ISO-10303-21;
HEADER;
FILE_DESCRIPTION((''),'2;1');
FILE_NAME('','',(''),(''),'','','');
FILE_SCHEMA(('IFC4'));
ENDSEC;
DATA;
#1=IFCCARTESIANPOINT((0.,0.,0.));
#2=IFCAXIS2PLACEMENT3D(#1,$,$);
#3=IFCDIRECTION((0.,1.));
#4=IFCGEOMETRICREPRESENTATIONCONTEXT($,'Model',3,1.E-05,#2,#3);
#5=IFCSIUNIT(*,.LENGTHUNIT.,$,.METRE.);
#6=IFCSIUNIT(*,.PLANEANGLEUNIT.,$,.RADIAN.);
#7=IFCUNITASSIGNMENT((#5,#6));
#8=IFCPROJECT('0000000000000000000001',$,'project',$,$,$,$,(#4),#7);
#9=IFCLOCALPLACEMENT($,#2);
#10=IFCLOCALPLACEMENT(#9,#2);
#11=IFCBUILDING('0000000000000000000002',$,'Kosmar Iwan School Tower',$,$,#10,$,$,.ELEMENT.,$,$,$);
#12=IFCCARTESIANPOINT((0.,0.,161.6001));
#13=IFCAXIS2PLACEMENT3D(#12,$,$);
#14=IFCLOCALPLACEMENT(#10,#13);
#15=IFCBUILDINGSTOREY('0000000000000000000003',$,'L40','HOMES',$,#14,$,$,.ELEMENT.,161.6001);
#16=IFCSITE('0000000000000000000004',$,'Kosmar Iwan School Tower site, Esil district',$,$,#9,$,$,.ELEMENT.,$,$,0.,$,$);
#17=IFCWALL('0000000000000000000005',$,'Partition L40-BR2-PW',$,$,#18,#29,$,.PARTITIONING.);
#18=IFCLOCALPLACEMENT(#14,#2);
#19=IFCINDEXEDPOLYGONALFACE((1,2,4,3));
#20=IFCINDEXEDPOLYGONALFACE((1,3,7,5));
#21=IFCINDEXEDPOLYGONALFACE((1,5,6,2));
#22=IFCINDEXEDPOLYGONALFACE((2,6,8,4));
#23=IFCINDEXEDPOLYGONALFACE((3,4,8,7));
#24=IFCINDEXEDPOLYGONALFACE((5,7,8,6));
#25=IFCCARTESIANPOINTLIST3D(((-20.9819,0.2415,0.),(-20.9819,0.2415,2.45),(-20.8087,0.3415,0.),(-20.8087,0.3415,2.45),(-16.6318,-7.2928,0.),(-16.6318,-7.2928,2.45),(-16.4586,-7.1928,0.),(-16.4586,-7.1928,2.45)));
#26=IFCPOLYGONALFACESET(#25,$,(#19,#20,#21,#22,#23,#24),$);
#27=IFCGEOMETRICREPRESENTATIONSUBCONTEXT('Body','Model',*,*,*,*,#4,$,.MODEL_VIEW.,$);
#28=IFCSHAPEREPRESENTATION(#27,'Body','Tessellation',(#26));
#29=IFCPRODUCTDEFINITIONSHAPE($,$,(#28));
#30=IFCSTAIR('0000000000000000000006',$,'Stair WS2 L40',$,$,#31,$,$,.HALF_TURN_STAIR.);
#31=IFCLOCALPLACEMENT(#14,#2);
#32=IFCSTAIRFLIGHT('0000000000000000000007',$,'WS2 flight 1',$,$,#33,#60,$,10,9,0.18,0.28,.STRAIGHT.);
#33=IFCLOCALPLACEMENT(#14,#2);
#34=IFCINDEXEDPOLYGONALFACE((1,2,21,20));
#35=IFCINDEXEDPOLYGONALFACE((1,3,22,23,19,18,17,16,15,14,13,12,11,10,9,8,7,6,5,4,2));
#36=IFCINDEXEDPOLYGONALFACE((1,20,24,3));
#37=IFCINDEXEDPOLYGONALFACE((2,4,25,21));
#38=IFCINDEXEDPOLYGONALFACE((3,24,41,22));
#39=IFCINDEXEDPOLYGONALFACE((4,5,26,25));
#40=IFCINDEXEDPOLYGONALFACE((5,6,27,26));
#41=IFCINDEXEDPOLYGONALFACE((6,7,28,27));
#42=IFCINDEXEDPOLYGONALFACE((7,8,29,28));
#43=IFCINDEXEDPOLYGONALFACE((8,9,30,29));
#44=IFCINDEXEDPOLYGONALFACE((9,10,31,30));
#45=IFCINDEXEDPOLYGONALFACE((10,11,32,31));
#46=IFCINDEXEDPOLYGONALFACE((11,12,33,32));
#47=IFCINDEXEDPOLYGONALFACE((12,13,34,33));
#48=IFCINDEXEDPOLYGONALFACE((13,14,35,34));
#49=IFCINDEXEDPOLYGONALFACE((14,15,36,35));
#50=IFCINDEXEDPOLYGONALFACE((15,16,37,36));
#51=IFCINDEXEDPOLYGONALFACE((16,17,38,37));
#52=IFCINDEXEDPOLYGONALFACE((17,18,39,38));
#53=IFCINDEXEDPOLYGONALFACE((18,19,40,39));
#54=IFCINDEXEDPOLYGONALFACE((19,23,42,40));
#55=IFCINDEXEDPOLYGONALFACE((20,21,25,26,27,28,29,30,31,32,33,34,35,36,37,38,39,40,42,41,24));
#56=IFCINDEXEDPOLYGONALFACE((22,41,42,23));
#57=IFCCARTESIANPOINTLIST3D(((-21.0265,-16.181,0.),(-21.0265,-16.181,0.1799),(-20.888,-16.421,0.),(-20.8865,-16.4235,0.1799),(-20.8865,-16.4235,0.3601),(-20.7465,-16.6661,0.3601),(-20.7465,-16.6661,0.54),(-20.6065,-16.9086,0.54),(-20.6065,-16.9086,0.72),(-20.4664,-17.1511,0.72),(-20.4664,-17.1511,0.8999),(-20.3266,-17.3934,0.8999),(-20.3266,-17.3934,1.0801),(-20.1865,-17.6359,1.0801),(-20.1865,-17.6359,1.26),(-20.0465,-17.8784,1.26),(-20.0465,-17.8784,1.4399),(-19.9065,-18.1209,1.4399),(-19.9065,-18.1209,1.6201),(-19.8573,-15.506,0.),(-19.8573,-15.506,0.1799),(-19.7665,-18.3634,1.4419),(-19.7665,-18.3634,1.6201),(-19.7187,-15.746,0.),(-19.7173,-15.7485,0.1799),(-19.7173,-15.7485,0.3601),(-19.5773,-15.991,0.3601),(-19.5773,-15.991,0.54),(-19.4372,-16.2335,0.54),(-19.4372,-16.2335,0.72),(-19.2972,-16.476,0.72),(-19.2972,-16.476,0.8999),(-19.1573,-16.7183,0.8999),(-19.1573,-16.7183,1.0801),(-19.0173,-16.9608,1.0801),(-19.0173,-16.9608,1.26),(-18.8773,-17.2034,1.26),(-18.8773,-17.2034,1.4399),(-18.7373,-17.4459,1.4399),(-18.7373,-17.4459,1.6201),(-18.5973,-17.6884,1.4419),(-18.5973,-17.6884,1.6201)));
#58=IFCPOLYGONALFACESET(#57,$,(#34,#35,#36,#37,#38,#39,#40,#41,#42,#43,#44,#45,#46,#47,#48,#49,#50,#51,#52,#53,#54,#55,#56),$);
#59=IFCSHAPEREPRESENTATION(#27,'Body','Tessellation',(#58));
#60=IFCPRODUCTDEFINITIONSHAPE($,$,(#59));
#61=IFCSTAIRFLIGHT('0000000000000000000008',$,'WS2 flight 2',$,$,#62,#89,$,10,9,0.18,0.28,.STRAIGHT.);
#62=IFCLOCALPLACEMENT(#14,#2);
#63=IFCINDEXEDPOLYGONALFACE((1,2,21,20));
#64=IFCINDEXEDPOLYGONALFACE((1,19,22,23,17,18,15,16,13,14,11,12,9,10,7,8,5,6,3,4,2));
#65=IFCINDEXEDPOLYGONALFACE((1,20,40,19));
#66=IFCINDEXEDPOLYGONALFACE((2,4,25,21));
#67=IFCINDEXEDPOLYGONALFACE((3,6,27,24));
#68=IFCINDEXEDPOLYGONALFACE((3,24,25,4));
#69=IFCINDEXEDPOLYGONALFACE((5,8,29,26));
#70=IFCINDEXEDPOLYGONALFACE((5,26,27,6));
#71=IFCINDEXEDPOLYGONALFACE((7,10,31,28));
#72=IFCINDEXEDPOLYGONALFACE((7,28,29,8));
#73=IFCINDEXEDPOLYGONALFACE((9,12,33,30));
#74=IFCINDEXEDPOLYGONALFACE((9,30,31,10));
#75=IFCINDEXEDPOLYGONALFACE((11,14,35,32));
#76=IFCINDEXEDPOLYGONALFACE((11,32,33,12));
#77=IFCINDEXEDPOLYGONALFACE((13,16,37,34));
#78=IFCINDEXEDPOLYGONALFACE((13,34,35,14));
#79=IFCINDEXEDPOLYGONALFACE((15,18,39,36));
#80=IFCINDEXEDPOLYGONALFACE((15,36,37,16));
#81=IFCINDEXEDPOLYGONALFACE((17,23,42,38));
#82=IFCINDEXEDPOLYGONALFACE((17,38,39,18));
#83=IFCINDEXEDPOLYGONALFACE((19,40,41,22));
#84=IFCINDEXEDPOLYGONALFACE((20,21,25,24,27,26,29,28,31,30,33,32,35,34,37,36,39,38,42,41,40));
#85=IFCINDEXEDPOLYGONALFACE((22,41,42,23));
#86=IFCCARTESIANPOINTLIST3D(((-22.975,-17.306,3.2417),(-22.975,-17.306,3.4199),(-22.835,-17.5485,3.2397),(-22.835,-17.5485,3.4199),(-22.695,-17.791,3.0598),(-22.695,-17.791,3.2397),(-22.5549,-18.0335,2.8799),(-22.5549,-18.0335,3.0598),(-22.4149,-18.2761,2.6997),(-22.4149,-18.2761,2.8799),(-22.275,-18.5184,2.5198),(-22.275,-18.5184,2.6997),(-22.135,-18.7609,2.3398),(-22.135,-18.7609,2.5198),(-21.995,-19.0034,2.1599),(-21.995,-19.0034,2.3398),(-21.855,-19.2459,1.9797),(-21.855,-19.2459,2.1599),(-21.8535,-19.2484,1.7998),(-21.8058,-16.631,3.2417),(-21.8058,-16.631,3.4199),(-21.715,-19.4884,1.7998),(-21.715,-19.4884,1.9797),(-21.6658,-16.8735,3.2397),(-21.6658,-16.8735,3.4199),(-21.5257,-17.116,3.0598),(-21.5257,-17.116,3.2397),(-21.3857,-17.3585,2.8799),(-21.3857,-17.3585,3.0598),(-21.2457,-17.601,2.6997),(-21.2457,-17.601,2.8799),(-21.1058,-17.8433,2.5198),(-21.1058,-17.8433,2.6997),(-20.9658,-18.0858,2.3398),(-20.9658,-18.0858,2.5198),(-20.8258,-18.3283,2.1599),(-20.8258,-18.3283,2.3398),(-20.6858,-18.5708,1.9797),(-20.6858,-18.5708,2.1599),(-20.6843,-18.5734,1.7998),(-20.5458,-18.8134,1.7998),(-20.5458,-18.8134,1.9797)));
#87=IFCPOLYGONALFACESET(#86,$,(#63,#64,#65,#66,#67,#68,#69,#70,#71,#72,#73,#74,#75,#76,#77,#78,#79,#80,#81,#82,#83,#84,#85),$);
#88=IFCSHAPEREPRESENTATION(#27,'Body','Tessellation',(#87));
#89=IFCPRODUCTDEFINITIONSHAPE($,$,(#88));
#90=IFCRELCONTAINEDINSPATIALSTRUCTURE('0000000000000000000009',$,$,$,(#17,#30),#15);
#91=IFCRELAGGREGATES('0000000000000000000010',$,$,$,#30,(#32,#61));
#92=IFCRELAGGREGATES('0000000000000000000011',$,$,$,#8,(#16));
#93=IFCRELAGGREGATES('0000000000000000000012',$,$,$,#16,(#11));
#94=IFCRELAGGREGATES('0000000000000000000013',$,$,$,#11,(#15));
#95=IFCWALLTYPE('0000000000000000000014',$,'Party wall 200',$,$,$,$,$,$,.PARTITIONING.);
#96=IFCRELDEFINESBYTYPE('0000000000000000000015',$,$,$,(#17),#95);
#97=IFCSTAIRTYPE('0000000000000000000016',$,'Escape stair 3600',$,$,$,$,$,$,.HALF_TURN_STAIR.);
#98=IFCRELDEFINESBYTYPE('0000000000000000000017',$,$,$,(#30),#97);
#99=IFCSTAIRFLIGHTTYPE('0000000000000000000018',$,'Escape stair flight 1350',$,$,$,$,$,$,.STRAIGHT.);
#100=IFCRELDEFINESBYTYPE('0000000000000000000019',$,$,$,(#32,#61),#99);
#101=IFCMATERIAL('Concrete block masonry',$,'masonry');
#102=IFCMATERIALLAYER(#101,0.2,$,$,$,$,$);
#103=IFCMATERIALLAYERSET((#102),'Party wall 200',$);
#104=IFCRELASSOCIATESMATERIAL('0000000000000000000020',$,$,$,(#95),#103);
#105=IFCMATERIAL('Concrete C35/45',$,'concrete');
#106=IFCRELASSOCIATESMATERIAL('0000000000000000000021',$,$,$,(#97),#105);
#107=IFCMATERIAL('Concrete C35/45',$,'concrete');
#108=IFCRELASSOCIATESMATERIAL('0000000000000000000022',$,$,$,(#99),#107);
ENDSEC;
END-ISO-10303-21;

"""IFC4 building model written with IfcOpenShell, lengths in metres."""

from ifc_helpers import new_model, si_unit, direction, frame, frame_2d, origin, place, context, subcontext, project, spatial, polyline, rectangle, outline, extrude, material, layer, layer_set, type_object, element, aggregate, save


model = new_model("IFC4")

# Units and contexts
model_context = context("Model", 3, precision=1e-05, world=origin(), true_north=direction((0.0, 1.0)))
body_context = subcontext(model_context, "Body", "Model", "MODEL_VIEW")
ifc_project = project(units=[si_unit("LENGTHUNIT", "METRE"), si_unit("PLANEANGLEUNIT", "RADIAN")], contexts=[model_context])

# Site, building, storey
site_placement = place(None, origin())
site = spatial("IfcSite", under=ifc_project, at=site_placement, Name="Kosmar Iwan School Tower site, Esil district", CompositionType="ELEMENT", RefElevation=0.0)
building_placement = place(site_placement, origin())
building = spatial("IfcBuilding", under=site, at=building_placement, Name="Kosmar Iwan School Tower", CompositionType="ELEMENT")
storey_placement = place(building_placement, frame((0.0, 0.0, 161.6001)))
storey = spatial("IfcBuildingStorey", under=building, at=storey_placement, Name="L40", Description="HOMES", CompositionType="ELEMENT", Elevation=161.6001)

# Wall
ifc_material_1 = material(Name="Concrete block masonry", Category="masonry")
ifc_layer_1 = layer(ifc_material_1, 0.2)
ifc_layer_set_1 = layer_set([ifc_layer_1], Name="Party wall 200")
wall_type_1 = type_object("IfcWallType", Name="Party wall 200", PredefinedType="PARTITIONING", material=ifc_layer_set_1)
wall_1_placement = place(storey_placement, frame((-16.5452, -7.2429, 0.0), z_axis=(0.0, 0.0, 1.0), x_axis=(-0.500008, 0.866021, 0.0)))
element("IfcWall", 1, at=wall_1_placement, inside=storey, type_object=wall_type_1, Name="Partition L40-BR2-PW", PredefinedType="PARTITIONING", context=body_context, shape_type="SweptSolid", body=[
    extrude(rectangle(XDim=8.7, YDim=0.2, at=frame_2d((4.3501, 0.0))), origin(), (0.0, 0.0, 1.0), 2.45),
])

# Stair, stair flights
ifc_material_2 = material(Name="Concrete C35/45", Category="concrete")
stair_type = type_object("IfcStairType", Name="Escape stair 3600", PredefinedType="HALF_TURN_STAIR", material=ifc_material_2)
stair_placement = place(storey_placement, origin())
stair = element("IfcStair", 2, at=stair_placement, inside=storey, type_object=stair_type, Name="Stair WS2 L40", PredefinedType="HALF_TURN_STAIR")
ifc_material_3 = material(Name="Concrete C35/45", Category="concrete")
stair_flight_type = type_object("IfcStairFlightType", Name="Escape stair flight 1350", PredefinedType="STRAIGHT", material=ifc_material_3)
stair_flight_1_placement = place(storey_placement, frame((-20.4419, -15.8435, 0.0), z_axis=(0.0, 0.0, 1.0), x_axis=(0.5, -0.866025, 0.0)))
stair_flight_1 = element("IfcStairFlight", 3, at=stair_flight_1_placement, type_object=stair_flight_type, Name="WS2 flight 1", NumberOfRisers=10, NumberOfTreads=9, PredefinedType="STRAIGHT", RiserHeight=0.18, TreadLength=0.28, context=body_context, shape_type="SweptSolid", body=[
    extrude(outline(polyline([(0.0, 0.0), (0.0, 0.1799), (0.28, 0.1799), (0.28, 0.3601), (0.5601, 0.3601), (0.5601, 0.54), (0.8401, 0.54), (0.8401, 0.72), (1.1201, 0.72), (1.1201, 0.8999), (1.3999, 0.8999), (1.3999, 1.0801), (1.6799, 1.0801), (1.6799, 1.26), (1.96, 1.26), (1.96, 1.4399), (2.24, 1.4399), (2.24, 1.6201), (2.52, 1.6201), (2.52, 1.8), (2.52, 1.4419), (0.2771, 0.0), (0.0, 0.0)])), frame((0.0, 0.675, 0.0), z_axis=(0.0, -1.0, 0.0), x_axis=(1.0, 0.0, 0.0)), (0.0, 0.0, 1.0), 1.3501),
])
stair_flight_2_placement = place(storey_placement, frame((-21.1304, -19.1509, 1.7998), z_axis=(0.0, 0.0, 1.0), x_axis=(-0.5, 0.866025, 0.0)))
stair_flight_2 = element("IfcStairFlight", 4, at=stair_flight_2_placement, type_object=stair_flight_type, Name="WS2 flight 2", NumberOfRisers=10, NumberOfTreads=9, PredefinedType="STRAIGHT", RiserHeight=0.18, TreadLength=0.28, context=body_context, shape_type="SweptSolid", body=[
    extrude(outline(polyline([(0.0, 0.0), (0.0, 0.1799), (0.28, 0.1799), (0.28, 0.3601), (0.5601, 0.3601), (0.5601, 0.54), (0.8401, 0.54), (0.8401, 0.72), (1.1201, 0.72), (1.1201, 0.8999), (1.3999, 0.8999), (1.3999, 1.0801), (1.6799, 1.0801), (1.6799, 1.26), (1.96, 1.26), (1.96, 1.4399), (2.24, 1.4399), (2.24, 1.6201), (2.52, 1.6201), (2.52, 1.8), (2.52, 1.4419), (0.2771, 0.0), (0.0, 0.0)])), frame((0.0, 0.675, 0.0), z_axis=(0.0, -1.0, 0.0), x_axis=(1.0, 0.0, 0.0)), (0.0, 0.0, 1.0), 1.3501),
])
aggregate(stair, [stair_flight_1, stair_flight_2])

save(model, "model.ifc")
